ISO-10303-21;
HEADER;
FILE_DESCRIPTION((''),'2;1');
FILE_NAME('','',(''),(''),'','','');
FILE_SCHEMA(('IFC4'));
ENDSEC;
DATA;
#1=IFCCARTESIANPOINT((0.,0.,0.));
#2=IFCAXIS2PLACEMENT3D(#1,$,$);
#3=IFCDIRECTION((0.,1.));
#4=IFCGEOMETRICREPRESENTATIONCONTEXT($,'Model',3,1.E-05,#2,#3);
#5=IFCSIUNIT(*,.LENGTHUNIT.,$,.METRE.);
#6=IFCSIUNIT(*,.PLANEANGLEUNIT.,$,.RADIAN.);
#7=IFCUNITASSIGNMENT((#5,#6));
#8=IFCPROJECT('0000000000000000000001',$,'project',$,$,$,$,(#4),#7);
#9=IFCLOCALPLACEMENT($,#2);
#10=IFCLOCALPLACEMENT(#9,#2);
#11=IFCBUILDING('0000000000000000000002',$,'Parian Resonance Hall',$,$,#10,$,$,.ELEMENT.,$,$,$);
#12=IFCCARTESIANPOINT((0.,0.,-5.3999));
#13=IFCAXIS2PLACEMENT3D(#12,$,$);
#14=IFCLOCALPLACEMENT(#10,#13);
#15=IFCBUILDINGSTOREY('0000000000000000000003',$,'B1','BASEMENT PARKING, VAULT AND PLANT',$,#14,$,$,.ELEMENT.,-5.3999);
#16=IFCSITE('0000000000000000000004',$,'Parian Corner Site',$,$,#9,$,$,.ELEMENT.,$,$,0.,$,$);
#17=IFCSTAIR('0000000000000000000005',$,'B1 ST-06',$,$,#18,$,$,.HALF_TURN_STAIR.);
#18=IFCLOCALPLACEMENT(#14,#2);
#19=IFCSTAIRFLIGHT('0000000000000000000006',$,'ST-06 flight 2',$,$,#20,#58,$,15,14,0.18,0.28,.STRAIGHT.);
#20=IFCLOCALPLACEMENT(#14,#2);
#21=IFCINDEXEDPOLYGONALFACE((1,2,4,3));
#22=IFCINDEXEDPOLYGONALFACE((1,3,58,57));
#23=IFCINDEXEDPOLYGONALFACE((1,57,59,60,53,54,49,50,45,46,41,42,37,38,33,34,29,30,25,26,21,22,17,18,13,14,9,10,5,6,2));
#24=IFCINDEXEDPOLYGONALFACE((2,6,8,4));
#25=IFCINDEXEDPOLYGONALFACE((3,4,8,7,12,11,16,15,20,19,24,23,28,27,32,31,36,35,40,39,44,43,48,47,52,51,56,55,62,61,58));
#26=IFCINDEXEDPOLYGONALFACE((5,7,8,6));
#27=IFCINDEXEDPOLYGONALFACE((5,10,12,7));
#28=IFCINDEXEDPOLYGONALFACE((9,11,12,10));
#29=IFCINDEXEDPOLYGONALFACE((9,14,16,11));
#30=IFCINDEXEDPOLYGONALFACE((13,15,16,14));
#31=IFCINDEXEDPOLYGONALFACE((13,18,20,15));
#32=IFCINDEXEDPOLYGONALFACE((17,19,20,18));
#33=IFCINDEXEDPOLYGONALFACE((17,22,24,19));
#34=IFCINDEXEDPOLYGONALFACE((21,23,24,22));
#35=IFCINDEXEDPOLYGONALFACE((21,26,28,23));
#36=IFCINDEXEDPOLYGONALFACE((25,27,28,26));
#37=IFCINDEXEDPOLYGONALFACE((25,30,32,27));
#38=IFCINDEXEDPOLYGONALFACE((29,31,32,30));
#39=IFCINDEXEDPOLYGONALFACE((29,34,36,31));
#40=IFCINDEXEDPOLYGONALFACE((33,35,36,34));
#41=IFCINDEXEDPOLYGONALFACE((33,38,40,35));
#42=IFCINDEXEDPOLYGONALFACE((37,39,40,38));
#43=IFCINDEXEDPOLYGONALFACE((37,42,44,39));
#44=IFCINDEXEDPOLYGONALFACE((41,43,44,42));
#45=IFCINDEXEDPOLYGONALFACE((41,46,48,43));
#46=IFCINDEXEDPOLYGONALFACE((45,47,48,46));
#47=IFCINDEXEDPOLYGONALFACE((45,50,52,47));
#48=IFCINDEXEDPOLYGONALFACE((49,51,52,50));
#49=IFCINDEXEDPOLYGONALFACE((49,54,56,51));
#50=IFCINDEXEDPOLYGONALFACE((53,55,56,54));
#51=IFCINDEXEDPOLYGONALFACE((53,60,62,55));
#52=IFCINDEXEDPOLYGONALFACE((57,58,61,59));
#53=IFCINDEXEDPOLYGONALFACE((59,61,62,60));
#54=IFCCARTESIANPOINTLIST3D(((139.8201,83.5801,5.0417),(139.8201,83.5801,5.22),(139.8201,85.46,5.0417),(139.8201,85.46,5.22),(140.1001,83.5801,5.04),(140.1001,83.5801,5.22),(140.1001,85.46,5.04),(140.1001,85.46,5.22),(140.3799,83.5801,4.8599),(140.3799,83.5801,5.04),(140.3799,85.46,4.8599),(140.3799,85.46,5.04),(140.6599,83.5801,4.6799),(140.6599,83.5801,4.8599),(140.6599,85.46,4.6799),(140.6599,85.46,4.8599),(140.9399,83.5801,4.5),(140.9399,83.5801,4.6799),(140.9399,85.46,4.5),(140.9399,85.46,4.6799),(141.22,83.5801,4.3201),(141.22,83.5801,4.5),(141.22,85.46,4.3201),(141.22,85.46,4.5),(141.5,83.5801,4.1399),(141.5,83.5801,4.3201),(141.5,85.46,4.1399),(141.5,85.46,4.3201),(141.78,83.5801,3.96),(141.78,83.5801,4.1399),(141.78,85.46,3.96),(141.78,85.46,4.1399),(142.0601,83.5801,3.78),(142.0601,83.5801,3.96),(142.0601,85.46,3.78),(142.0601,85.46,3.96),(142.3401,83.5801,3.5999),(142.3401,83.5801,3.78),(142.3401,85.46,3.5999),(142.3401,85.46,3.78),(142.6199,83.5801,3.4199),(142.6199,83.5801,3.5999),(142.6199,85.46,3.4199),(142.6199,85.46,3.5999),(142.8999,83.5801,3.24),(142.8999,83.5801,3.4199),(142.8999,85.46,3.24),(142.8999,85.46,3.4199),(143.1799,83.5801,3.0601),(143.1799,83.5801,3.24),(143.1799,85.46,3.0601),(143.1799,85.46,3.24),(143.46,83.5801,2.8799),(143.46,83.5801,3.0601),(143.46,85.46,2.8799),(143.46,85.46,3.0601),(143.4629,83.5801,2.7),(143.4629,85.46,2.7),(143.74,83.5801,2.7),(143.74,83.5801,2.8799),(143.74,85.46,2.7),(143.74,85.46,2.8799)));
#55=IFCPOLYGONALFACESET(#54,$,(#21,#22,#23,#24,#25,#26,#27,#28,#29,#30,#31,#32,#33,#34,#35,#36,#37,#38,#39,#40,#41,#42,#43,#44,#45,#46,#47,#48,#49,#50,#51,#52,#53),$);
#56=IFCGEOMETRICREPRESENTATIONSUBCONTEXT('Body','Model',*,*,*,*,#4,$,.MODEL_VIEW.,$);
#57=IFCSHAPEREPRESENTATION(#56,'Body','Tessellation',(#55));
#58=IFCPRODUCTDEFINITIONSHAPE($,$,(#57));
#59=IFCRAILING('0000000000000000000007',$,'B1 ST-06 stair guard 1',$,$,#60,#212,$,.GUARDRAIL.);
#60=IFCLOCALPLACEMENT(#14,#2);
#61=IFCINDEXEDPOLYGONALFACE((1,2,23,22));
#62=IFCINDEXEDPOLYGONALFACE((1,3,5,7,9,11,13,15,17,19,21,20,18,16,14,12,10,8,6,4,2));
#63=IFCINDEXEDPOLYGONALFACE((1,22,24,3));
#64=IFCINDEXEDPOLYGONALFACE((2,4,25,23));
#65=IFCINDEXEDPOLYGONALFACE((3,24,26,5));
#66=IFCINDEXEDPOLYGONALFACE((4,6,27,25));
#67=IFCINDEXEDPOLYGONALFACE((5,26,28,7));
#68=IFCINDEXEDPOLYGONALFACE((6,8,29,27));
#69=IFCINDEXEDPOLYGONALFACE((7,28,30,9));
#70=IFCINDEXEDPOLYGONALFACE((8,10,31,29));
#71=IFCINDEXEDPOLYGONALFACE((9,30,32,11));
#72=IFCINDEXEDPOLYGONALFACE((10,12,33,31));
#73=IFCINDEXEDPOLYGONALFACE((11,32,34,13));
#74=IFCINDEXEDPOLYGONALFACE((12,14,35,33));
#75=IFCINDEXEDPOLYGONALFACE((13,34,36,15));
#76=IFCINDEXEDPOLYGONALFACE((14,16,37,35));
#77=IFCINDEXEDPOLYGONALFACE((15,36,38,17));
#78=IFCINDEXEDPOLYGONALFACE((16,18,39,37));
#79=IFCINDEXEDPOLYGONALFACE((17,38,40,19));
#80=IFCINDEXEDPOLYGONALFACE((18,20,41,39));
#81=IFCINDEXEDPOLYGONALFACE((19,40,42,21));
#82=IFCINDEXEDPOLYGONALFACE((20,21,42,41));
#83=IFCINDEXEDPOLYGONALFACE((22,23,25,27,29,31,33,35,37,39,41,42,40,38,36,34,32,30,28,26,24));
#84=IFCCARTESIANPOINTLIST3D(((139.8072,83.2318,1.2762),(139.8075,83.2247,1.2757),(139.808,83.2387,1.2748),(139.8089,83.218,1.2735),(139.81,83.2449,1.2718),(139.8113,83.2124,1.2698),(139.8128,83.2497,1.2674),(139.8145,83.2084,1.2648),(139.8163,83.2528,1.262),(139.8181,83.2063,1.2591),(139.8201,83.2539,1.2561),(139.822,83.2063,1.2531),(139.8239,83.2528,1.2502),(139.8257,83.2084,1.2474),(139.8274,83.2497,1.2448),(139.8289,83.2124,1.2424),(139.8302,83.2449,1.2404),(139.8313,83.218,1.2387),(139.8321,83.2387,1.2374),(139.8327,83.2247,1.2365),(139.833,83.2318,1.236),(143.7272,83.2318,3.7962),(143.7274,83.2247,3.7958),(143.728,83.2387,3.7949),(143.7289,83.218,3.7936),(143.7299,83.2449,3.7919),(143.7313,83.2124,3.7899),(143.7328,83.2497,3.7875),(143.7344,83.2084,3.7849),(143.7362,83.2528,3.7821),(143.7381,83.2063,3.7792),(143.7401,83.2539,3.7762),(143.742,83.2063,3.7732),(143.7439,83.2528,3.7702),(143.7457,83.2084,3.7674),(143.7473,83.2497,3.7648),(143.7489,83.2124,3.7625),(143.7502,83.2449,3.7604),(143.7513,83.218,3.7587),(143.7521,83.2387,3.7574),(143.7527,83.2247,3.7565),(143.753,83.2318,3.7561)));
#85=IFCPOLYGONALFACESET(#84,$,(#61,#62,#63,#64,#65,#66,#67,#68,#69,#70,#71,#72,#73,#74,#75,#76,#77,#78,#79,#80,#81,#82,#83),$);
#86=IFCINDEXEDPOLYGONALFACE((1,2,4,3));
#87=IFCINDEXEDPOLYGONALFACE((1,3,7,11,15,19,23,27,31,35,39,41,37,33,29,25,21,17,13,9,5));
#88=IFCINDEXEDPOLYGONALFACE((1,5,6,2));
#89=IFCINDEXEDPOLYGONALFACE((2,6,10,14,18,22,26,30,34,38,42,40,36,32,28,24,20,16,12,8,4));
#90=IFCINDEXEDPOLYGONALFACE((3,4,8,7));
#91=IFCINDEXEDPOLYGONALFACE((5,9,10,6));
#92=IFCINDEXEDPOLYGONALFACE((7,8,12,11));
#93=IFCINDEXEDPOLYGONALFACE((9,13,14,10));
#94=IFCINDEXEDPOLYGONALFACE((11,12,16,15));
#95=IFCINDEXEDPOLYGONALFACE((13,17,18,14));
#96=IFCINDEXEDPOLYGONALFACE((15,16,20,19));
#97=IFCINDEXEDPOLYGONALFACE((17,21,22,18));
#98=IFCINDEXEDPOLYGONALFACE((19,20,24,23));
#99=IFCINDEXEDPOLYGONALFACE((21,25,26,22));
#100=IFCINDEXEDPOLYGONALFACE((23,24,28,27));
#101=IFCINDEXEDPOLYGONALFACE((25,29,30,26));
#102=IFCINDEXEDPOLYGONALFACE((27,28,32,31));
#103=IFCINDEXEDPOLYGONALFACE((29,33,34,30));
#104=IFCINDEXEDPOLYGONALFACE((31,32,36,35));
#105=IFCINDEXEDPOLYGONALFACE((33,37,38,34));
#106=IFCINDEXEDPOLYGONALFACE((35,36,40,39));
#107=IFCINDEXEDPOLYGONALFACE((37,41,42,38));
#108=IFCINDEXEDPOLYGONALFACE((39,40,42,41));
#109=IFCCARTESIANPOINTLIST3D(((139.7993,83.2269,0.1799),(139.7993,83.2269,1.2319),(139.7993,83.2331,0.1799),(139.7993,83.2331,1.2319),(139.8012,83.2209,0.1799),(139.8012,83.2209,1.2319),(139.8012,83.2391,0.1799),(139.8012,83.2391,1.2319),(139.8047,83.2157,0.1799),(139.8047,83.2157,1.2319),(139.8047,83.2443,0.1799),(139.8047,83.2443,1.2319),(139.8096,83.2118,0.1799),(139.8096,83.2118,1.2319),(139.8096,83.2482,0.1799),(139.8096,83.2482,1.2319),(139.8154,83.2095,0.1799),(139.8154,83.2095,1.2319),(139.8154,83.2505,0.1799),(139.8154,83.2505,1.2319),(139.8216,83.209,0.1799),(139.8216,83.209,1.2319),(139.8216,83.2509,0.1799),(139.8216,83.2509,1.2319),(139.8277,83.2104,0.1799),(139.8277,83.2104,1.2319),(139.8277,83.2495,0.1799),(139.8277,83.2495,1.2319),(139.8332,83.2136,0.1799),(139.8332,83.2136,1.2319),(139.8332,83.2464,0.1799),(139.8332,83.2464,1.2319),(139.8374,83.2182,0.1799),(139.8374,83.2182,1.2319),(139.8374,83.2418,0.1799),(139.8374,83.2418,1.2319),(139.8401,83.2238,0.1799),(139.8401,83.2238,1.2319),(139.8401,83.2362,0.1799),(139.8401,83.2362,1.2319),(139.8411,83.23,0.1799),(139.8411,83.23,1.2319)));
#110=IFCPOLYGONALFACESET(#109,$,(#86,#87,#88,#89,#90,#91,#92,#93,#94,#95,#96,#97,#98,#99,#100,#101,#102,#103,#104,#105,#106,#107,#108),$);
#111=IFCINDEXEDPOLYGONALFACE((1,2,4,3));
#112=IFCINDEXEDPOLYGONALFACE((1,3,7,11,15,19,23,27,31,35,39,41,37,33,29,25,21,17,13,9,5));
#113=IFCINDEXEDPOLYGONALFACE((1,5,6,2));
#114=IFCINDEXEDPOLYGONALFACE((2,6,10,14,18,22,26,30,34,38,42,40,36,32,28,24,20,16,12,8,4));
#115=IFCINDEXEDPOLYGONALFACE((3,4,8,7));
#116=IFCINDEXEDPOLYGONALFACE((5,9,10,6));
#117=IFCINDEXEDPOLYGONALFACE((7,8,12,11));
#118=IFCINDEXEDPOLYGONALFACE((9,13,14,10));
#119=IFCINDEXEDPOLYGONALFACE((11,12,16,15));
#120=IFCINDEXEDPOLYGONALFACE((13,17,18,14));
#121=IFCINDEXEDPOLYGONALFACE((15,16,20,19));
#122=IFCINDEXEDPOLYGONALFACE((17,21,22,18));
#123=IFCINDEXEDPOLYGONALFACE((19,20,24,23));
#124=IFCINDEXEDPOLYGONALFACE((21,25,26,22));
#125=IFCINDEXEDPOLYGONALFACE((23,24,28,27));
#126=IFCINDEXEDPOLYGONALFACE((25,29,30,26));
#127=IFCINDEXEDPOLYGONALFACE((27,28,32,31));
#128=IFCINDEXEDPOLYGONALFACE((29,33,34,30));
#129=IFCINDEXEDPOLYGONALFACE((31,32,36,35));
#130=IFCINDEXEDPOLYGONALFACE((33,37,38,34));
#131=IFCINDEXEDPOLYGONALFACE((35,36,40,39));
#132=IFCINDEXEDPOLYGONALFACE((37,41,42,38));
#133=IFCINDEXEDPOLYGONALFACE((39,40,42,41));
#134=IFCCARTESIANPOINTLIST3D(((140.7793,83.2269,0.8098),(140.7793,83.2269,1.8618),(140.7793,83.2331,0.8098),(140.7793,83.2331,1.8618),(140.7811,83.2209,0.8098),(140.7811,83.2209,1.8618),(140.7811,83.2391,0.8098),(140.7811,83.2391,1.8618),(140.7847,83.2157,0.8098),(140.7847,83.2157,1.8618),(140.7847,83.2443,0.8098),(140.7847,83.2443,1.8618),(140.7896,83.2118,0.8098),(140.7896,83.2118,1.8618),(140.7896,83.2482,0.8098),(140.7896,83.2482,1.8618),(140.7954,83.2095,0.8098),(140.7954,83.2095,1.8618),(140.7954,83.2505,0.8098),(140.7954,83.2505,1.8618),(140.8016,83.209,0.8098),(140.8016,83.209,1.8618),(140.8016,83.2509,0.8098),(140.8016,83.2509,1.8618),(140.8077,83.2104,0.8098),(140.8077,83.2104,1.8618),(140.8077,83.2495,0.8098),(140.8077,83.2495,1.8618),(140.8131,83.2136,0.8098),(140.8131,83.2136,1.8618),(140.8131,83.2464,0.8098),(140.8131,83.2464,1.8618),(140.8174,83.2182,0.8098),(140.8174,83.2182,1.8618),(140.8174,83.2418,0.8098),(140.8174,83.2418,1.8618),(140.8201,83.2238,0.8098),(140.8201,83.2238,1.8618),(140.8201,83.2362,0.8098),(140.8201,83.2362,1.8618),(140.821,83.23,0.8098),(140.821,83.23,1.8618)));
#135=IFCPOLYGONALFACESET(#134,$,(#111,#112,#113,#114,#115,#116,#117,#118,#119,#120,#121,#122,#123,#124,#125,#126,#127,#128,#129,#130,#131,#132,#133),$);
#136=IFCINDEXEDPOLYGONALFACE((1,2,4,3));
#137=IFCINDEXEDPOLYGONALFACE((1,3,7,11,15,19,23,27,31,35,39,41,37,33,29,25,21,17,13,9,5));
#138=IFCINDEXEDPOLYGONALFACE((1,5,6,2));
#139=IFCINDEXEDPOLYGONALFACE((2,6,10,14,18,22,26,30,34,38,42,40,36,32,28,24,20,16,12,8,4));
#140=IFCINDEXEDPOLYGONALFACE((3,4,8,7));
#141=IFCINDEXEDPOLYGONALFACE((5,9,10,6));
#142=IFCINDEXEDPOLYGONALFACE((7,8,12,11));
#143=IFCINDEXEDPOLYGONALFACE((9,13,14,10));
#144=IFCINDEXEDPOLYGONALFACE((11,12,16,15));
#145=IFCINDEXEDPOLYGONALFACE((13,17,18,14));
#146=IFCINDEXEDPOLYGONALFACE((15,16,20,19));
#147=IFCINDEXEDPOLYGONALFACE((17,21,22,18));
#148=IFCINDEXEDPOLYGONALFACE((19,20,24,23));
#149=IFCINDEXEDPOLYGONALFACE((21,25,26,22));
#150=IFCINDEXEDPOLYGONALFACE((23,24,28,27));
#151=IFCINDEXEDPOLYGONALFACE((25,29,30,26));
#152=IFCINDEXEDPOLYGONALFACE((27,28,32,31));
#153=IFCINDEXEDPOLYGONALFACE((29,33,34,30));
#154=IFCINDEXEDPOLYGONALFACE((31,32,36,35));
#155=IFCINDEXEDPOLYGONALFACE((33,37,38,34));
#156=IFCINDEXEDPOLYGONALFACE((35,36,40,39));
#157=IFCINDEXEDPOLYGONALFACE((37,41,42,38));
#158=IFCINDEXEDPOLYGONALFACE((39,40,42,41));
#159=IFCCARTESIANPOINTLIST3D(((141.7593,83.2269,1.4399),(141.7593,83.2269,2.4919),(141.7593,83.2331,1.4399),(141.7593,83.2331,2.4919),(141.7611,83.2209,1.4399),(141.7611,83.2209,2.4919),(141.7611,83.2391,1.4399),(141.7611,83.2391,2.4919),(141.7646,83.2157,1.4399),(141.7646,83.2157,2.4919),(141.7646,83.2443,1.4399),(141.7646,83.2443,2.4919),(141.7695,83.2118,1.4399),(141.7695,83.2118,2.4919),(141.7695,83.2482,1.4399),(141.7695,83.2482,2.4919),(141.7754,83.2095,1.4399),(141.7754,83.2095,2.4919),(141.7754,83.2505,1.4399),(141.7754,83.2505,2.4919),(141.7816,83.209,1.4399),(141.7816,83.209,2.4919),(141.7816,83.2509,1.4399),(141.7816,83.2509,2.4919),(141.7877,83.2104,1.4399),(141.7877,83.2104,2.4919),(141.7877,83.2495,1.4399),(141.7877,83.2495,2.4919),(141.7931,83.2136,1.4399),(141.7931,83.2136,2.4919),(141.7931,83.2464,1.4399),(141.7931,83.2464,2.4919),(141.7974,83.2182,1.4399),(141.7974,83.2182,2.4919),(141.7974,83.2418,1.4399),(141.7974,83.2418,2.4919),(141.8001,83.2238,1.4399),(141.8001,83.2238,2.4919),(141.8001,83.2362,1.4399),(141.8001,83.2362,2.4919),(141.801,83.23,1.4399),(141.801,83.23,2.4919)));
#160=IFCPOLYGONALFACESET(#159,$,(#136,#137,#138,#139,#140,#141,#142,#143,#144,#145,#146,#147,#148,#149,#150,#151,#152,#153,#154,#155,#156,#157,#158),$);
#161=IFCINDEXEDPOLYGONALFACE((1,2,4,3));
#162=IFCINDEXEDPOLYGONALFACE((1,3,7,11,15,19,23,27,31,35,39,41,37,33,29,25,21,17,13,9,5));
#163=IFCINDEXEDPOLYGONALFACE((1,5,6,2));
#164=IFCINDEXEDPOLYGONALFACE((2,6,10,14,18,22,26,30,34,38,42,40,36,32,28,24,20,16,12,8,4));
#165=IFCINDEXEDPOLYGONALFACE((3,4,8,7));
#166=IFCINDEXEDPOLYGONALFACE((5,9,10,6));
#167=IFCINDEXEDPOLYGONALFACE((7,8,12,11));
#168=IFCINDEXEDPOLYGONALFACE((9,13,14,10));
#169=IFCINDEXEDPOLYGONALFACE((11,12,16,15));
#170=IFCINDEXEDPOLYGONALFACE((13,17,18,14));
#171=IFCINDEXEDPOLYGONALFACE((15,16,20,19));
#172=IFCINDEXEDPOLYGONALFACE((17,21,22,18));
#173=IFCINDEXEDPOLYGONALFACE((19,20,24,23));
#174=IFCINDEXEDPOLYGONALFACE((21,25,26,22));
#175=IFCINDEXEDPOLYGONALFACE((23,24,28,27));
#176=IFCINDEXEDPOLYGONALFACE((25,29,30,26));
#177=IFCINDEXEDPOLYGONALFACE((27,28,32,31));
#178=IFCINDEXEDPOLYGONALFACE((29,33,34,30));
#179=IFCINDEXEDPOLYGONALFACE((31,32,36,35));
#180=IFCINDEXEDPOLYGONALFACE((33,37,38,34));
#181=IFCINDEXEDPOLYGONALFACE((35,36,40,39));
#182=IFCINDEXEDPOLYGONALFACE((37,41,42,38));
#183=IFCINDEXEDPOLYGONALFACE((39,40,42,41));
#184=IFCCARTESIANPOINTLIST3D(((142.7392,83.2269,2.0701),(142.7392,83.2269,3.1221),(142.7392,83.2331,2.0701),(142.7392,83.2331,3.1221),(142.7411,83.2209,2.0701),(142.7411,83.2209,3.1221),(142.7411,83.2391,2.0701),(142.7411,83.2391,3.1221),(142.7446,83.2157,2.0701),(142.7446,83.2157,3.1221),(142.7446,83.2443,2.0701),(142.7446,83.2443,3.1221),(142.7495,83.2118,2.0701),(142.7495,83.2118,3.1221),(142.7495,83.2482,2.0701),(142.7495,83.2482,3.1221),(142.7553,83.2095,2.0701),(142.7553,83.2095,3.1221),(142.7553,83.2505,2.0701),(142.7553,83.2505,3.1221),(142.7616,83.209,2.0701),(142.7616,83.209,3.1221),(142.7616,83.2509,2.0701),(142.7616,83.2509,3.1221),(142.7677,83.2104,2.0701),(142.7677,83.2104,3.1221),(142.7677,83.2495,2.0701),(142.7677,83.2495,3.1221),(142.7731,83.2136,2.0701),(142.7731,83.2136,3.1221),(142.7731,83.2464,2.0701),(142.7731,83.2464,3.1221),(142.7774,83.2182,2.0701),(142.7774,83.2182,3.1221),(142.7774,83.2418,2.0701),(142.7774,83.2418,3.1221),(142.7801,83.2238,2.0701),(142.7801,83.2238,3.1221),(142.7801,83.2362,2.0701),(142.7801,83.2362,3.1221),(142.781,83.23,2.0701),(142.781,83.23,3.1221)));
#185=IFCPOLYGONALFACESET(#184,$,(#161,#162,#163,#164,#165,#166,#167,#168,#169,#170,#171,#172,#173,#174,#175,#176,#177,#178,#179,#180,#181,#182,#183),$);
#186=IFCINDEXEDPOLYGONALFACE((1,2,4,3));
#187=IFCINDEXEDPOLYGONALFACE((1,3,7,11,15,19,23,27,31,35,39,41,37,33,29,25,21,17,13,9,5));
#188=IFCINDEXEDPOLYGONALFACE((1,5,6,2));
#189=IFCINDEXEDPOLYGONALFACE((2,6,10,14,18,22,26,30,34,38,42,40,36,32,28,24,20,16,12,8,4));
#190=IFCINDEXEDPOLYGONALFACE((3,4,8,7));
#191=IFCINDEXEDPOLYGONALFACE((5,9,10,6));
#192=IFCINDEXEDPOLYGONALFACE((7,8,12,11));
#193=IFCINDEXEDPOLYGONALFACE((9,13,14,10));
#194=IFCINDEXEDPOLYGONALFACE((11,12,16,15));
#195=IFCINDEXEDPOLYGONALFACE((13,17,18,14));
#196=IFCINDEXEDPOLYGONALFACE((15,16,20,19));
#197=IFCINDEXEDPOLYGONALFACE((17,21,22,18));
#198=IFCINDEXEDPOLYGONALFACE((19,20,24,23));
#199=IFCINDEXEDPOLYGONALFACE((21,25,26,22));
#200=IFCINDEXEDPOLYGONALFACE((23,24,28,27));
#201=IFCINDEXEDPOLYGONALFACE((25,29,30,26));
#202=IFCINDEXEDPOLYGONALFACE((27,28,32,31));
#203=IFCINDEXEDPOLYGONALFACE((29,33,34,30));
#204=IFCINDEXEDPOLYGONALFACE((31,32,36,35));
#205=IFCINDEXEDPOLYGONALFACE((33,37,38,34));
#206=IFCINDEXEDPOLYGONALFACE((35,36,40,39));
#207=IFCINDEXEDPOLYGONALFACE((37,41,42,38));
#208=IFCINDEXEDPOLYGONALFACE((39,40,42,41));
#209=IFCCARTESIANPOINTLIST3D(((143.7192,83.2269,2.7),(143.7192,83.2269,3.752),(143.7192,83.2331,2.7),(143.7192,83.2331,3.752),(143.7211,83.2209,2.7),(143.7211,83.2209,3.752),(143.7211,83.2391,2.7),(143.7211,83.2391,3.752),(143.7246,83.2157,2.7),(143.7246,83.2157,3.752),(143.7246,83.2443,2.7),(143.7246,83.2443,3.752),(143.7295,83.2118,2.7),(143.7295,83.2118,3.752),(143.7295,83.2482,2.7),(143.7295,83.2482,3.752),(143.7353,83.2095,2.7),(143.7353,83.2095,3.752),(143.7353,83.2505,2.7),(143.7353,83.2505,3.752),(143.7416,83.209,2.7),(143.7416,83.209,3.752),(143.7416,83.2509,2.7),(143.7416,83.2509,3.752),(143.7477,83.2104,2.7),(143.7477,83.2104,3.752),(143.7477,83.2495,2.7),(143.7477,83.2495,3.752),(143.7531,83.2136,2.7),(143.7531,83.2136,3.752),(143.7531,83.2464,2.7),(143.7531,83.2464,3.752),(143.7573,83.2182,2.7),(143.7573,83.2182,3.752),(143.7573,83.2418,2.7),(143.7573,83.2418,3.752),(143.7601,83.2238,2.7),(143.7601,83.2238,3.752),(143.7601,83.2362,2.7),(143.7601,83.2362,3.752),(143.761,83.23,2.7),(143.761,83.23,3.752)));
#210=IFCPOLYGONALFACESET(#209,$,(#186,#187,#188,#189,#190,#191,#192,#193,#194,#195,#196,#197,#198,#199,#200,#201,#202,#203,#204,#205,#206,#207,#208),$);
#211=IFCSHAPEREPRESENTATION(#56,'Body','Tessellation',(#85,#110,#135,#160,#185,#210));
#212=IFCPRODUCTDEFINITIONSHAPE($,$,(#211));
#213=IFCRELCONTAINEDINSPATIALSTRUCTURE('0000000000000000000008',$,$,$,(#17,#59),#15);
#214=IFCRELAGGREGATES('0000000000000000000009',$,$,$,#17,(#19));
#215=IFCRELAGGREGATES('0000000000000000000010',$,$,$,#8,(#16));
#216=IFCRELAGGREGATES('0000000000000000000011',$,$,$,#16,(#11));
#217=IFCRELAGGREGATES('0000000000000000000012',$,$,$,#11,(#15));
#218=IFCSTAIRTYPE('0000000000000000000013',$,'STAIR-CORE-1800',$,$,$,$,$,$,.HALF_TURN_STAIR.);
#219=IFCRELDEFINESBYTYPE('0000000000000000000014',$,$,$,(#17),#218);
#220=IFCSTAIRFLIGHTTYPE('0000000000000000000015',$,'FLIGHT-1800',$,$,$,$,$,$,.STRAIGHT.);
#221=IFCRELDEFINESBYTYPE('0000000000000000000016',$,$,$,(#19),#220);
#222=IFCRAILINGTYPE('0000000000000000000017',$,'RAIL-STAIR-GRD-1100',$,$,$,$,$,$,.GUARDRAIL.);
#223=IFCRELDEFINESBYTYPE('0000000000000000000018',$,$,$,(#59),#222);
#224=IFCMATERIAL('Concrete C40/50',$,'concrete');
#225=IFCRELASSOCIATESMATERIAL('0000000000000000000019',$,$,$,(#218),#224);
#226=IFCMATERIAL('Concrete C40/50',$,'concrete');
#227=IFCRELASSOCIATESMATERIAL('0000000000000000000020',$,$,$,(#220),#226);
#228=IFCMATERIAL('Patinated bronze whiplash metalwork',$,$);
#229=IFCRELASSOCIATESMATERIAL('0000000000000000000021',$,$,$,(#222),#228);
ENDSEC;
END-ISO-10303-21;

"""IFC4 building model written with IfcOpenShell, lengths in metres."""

from ifc_helpers import new_model, si_unit, direction, frame, origin, origin_2d, place, context, subcontext, project, spatial, polyline, circle, outline, extrude, material, type_object, element, aggregate, save


model = new_model("IFC4")

# Units and contexts
model_context = context("Model", 3, precision=1e-05, world=origin(), true_north=direction((0.0, 1.0)))
body_context = subcontext(model_context, "Body", "Model", "MODEL_VIEW")
ifc_project = project(units=[si_unit("LENGTHUNIT", "METRE"), si_unit("PLANEANGLEUNIT", "RADIAN")], contexts=[model_context])

# Site, building, storey
site_placement = place(None, origin())
site = spatial("IfcSite", under=ifc_project, at=site_placement, Name="Parian Corner Site", CompositionType="ELEMENT", RefElevation=0.0)
building_placement = place(site_placement, origin())
building = spatial("IfcBuilding", under=site, at=building_placement, Name="Parian Resonance Hall", CompositionType="ELEMENT")
storey_placement = place(building_placement, frame((0.0, 0.0, -5.3999)))
storey = spatial("IfcBuildingStorey", under=building, at=storey_placement, Name="B1", Description="BASEMENT PARKING, VAULT AND PLANT", CompositionType="ELEMENT", Elevation=-5.3999)

# Stair, stair flight
ifc_material_1 = material(Name="Concrete C40/50", Category="concrete")
stair_type = type_object("IfcStairType", Name="STAIR-CORE-1800", PredefinedType="HALF_TURN_STAIR", material=ifc_material_1)
stair_placement = place(storey_placement, origin())
stair = element("IfcStair", 1, at=stair_placement, inside=storey, type_object=stair_type, Name="B1 ST-06", PredefinedType="HALF_TURN_STAIR")
ifc_material_2 = material(Name="Concrete C40/50", Category="concrete")
stair_flight_type = type_object("IfcStairFlightType", Name="FLIGHT-1800", PredefinedType="STRAIGHT", material=ifc_material_2)
stair_flight_1_placement = place(storey_placement, frame((143.74, 84.52, 2.7), z_axis=(0.0, 0.0, 1.0), x_axis=(-1.0, 0.0, 0.0)))
stair_flight_1 = element("IfcStairFlight", 2, at=stair_flight_1_placement, type_object=stair_flight_type, Name="ST-06 flight 2", NumberOfRisers=15, NumberOfTreads=14, PredefinedType="STRAIGHT", RiserHeight=0.18, TreadLength=0.28, context=body_context, shape_type="SweptSolid", body=[
    extrude(outline(polyline([(0.0, 0.0), (0.0, 0.1799), (0.28, 0.1799), (0.28, 0.3601), (0.5601, 0.3601), (0.5601, 0.54), (0.8401, 0.54), (0.8401, 0.72), (1.1201, 0.72), (1.1201, 0.8999), (1.3999, 0.8999), (1.3999, 1.0801), (1.6799, 1.0801), (1.6799, 1.26), (1.96, 1.26), (1.96, 1.4399), (2.24, 1.4399), (2.24, 1.6201), (2.52, 1.6201), (2.52, 1.8), (2.8, 1.8), (2.8, 1.98), (3.0801, 1.98), (3.0801, 2.1599), (3.3601, 2.1599), (3.3601, 2.3401), (3.6399, 2.3401), (3.6399, 2.52), (3.9199, 2.52), (3.9199, 2.7), (3.9199, 2.3418), (0.2771, 0.0), (0.0, 0.0)])), frame((0.0, 0.9399, 0.0), z_axis=(0.0, -1.0, 0.0), x_axis=(1.0, 0.0, 0.0)), (0.0, 0.0, 1.0), 1.8799),
])
aggregate(stair, [stair_flight_1])

# Railing
ifc_material_3 = material(Name="Patinated bronze whiplash metalwork")
railing_type_1 = type_object("IfcRailingType", Name="RAIL-STAIR-GRD-1100", PredefinedType="GUARDRAIL", material=ifc_material_3)
railing_1_placement = place(storey_placement, frame((139.8201, 83.23, 0.1799)))
element("IfcRailing", 3, at=railing_1_placement, inside=storey, type_object=railing_type_1, Name="B1 ST-06 stair guard 1", PredefinedType="GUARDRAIL", context=body_context, shape_type="SweptSolid", body=[
    extrude(circle(Radius=0.0239, at=origin_2d()), frame((0.0, 0.0, 1.0762), z_axis=(0.841172, 0.0, 0.540768), x_axis=(0.0, 1.0, 0.0)), (0.0, 0.0, 1.0), 4.6602),
    extrude(circle(Radius=0.021, at=origin_2d()), origin(), (0.0, 0.0, 1.0), 1.052),
    extrude(circle(Radius=0.021, at=origin_2d()), frame((0.98, 0.0, 0.6299)), (0.0, 0.0, 1.0), 1.052),
    extrude(circle(Radius=0.021, at=origin_2d()), frame((1.96, 0.0, 1.26)), (0.0, 0.0, 1.0), 1.052),
    extrude(circle(Radius=0.021, at=origin_2d()), frame((2.9399, 0.0, 1.8901)), (0.0, 0.0, 1.0), 1.052),
    extrude(circle(Radius=0.021, at=origin_2d()), frame((3.9199, 0.0, 2.52)), (0.0, 0.0, 1.0), 1.052),
])

save(model, "model.ifc")
